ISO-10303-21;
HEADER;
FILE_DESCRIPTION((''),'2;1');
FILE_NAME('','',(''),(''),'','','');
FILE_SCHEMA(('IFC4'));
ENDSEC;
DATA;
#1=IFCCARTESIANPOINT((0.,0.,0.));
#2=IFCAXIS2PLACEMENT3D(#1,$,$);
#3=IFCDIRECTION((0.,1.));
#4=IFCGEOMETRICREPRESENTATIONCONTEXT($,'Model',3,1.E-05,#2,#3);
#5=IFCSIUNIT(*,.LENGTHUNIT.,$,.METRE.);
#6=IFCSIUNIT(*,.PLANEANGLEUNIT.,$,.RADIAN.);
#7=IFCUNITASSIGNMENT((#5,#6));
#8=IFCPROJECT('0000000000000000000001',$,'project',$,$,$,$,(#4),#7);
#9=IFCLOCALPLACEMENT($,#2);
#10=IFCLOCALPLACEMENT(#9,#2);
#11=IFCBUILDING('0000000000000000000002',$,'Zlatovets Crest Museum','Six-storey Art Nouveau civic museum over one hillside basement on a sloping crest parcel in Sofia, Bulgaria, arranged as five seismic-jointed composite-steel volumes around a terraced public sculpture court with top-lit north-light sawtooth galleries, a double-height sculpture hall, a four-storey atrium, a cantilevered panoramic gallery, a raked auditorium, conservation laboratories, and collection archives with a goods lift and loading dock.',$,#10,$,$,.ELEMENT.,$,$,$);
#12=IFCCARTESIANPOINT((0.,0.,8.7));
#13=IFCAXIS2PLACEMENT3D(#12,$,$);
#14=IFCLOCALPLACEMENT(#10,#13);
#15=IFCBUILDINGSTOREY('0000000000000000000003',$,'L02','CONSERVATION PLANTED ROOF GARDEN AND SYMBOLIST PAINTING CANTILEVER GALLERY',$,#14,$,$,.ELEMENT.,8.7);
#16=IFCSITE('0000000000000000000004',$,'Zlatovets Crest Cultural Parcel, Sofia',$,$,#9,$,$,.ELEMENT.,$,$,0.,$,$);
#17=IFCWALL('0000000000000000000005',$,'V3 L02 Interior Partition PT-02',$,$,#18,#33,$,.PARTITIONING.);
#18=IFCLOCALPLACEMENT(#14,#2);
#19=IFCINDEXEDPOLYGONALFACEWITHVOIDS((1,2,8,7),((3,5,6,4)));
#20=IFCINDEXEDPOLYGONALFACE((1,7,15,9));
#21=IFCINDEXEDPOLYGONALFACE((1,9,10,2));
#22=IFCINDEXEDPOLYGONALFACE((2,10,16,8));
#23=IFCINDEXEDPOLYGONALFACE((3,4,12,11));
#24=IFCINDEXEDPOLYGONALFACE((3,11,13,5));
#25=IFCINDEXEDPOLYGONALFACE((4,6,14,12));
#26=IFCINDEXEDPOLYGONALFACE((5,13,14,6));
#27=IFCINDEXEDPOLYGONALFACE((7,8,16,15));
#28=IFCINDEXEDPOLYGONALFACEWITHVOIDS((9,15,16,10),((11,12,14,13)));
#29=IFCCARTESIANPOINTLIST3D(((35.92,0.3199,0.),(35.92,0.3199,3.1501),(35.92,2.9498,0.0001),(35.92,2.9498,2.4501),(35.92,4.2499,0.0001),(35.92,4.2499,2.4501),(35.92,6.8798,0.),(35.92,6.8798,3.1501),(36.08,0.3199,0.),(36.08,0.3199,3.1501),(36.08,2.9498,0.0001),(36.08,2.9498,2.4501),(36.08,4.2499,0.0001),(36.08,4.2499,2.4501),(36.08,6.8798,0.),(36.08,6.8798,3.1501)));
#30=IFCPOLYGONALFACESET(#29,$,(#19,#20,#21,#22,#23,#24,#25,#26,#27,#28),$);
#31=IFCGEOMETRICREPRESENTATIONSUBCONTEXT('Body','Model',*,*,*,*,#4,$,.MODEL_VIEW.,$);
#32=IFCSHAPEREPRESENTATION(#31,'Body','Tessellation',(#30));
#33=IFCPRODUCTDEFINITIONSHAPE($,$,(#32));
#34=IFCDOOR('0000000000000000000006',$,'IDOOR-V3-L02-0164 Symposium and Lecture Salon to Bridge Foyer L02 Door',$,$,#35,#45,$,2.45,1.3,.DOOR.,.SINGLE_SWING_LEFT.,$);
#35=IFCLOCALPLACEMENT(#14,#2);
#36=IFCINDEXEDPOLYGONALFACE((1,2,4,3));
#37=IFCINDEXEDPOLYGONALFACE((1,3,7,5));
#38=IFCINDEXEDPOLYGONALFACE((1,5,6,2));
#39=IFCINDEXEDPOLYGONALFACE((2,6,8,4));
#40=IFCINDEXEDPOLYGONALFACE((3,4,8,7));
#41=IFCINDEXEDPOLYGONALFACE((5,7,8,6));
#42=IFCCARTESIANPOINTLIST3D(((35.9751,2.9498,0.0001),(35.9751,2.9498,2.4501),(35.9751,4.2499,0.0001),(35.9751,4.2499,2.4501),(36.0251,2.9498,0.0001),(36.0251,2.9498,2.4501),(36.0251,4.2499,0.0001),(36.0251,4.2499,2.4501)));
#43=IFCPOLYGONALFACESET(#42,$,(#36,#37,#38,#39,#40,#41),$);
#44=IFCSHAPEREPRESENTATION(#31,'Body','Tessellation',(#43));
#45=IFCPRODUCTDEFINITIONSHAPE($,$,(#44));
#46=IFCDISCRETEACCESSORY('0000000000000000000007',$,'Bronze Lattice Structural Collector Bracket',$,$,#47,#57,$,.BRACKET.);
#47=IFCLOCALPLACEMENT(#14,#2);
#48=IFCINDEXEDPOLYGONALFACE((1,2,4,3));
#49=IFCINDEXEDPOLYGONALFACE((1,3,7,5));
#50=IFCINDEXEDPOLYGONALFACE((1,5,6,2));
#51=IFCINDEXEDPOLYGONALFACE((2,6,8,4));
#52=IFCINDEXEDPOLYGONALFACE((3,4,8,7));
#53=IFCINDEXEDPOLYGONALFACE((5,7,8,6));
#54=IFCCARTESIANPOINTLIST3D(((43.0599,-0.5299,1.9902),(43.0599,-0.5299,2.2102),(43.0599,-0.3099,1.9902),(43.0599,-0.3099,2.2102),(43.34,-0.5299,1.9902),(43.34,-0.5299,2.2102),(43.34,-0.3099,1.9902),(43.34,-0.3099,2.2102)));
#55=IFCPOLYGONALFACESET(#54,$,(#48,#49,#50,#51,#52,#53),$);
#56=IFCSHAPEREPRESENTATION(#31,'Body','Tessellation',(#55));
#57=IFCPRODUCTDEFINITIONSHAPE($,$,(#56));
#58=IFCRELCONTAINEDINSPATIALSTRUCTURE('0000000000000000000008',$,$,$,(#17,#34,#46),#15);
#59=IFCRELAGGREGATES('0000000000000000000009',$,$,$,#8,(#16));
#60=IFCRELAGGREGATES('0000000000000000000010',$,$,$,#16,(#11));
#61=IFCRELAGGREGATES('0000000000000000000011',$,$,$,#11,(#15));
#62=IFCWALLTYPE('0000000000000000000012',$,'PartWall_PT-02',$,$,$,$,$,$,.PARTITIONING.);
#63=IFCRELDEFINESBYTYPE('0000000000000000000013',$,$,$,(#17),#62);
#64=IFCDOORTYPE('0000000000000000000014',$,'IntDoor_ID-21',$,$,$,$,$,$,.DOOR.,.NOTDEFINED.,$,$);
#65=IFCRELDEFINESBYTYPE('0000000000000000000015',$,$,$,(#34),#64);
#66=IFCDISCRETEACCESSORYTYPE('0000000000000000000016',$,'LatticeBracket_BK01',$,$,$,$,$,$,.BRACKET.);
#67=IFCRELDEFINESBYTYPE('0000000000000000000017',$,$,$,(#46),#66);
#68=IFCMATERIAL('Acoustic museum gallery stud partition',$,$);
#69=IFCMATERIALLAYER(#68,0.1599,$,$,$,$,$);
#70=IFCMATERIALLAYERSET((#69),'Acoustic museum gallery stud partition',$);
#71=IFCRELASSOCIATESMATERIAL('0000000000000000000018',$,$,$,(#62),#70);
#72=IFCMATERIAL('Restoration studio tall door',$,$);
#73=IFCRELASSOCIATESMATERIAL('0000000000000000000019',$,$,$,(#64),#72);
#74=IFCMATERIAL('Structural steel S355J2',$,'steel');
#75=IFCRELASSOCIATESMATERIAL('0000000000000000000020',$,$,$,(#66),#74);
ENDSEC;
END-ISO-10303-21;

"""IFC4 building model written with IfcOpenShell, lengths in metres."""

from ifc_helpers import new_model, si_unit, direction, frame, frame_2d, origin, origin_2d, place, context, subcontext, project, spatial, rectangle, extrude, material, layer, layer_set, type_object, element, fill, save


model = new_model("IFC4")

# Units and contexts
model_context = context("Model", 3, precision=1e-05, world=origin(), true_north=direction((0.0, 1.0)))
body_context = subcontext(model_context, "Body", "Model", "MODEL_VIEW")
ifc_project = project(units=[si_unit("LENGTHUNIT", "METRE"), si_unit("PLANEANGLEUNIT", "RADIAN")], contexts=[model_context])

# Site, building, storey
site_placement = place(None, origin())
site = spatial("IfcSite", under=ifc_project, at=site_placement, Name="Zlatovets Crest Cultural Parcel, Sofia", CompositionType="ELEMENT", RefElevation=0.0)
building_placement = place(site_placement, origin())
building = spatial("IfcBuilding", under=site, at=building_placement, Name="Zlatovets Crest Museum", Description="Six-storey Art Nouveau civic museum over one hillside basement on a sloping crest parcel in Sofia, Bulgaria, arranged as five seismic-jointed composite-steel volumes around a terraced public sculpture court with top-lit north-light sawtooth galleries, a double-height sculpture hall, a four-storey atrium, a cantilevered panoramic gallery, a raked auditorium, conservation laboratories, and collection archives with a goods lift and loading dock.", CompositionType="ELEMENT")
storey_placement = place(building_placement, frame((0.0, 0.0, 8.7)))
storey = spatial("IfcBuildingStorey", under=building, at=storey_placement, Name="L02", Description="CONSERVATION PLANTED ROOF GARDEN AND SYMBOLIST PAINTING CANTILEVER GALLERY", CompositionType="ELEMENT", Elevation=8.7)

# Shared definitions
ifc_material_1 = material(Name="Structural steel S355J2", Category="steel")

# Wall, opening, door
ifc_material_2 = material(Name="Acoustic museum gallery stud partition")
ifc_layer_1 = layer(ifc_material_2, 0.1599)
ifc_layer_set_1 = layer_set([ifc_layer_1], Name="Acoustic museum gallery stud partition")
wall_type = type_object("IfcWallType", Name="PartWall_PT-02", PredefinedType="PARTITIONING", material=ifc_layer_set_1)
wall_placement = place(storey_placement, frame((36.0, 0.3201, 0.0), z_axis=(0.0, 0.0, 1.0), x_axis=(0.0, 1.0, 0.0)))
wall = element("IfcWall", 1, at=wall_placement, inside=storey, type_object=wall_type, Name="V3 L02 Interior Partition PT-02", PredefinedType="PARTITIONING", context=body_context, shape_type="SweptSolid", body=[
    extrude(rectangle(XDim=6.5598, YDim=0.1599, at=frame_2d((3.2798, 0.0))), origin(), (0.0, 0.0, 1.0), 3.1501),
])
opening_placement = place(wall_placement, frame((2.6299, 0.0, 0.0)))
opening = element("IfcOpeningElement", 2, at=opening_placement, cuts=wall, PredefinedType="OPENING", context=body_context, shape_type="SweptSolid", body=[
    extrude(rectangle(XDim=1.3, YDim=2.45, at=frame_2d((0.6499, 1.2251))), frame((0.0, 0.0898, 0.0), z_axis=(0.0, -1.0, 0.0), x_axis=(1.0, 0.0, 0.0)), (0.0, 0.0, 1.0), 0.1799),
])
ifc_material_3 = material(Name="Restoration studio tall door")
door_type = type_object("IfcDoorType", Name="IntDoor_ID-21", OperationType="NOTDEFINED", PredefinedType="DOOR", material=ifc_material_3)
door_placement = place(opening_placement, origin())
door = element("IfcDoor", 3, at=door_placement, inside=storey, type_object=door_type, Name="IDOOR-V3-L02-0164 Symposium and Lecture Salon to Bridge Foyer L02 Door", OperationType="SINGLE_SWING_LEFT", OverallHeight=2.45, OverallWidth=1.3, PredefinedType="DOOR", context=body_context, shape_type="SweptSolid", body=[
    extrude(rectangle(XDim=1.3, YDim=2.45, at=frame_2d((0.6499, 1.2251))), frame((0.0, 0.0249, 0.0), z_axis=(0.0, -1.0, 0.0), x_axis=(1.0, 0.0, 0.0)), (0.0, 0.0, 1.0), 0.05),
])
fill(opening, door)

# Discrete accessory
discrete_accessory_type = type_object("IfcDiscreteAccessoryType", Name="LatticeBracket_BK01", PredefinedType="BRACKET", material=ifc_material_1)
discrete_accessory_placement = place(storey_placement, frame((43.2, -0.4199, 1.9902), z_axis=(0.0, 0.0, 1.0), x_axis=(1.0, 0.0, 0.0)))
element("IfcDiscreteAccessory", 4, at=discrete_accessory_placement, inside=storey, type_object=discrete_accessory_type, Name="Bronze Lattice Structural Collector Bracket", PredefinedType="BRACKET", context=body_context, shape_type="SweptSolid", body=[
    extrude(rectangle(XDim=0.28, YDim=0.22, at=origin_2d()), origin(), (0.0, 0.0, 1.0), 0.22),
])

save(model, "model.ifc")
